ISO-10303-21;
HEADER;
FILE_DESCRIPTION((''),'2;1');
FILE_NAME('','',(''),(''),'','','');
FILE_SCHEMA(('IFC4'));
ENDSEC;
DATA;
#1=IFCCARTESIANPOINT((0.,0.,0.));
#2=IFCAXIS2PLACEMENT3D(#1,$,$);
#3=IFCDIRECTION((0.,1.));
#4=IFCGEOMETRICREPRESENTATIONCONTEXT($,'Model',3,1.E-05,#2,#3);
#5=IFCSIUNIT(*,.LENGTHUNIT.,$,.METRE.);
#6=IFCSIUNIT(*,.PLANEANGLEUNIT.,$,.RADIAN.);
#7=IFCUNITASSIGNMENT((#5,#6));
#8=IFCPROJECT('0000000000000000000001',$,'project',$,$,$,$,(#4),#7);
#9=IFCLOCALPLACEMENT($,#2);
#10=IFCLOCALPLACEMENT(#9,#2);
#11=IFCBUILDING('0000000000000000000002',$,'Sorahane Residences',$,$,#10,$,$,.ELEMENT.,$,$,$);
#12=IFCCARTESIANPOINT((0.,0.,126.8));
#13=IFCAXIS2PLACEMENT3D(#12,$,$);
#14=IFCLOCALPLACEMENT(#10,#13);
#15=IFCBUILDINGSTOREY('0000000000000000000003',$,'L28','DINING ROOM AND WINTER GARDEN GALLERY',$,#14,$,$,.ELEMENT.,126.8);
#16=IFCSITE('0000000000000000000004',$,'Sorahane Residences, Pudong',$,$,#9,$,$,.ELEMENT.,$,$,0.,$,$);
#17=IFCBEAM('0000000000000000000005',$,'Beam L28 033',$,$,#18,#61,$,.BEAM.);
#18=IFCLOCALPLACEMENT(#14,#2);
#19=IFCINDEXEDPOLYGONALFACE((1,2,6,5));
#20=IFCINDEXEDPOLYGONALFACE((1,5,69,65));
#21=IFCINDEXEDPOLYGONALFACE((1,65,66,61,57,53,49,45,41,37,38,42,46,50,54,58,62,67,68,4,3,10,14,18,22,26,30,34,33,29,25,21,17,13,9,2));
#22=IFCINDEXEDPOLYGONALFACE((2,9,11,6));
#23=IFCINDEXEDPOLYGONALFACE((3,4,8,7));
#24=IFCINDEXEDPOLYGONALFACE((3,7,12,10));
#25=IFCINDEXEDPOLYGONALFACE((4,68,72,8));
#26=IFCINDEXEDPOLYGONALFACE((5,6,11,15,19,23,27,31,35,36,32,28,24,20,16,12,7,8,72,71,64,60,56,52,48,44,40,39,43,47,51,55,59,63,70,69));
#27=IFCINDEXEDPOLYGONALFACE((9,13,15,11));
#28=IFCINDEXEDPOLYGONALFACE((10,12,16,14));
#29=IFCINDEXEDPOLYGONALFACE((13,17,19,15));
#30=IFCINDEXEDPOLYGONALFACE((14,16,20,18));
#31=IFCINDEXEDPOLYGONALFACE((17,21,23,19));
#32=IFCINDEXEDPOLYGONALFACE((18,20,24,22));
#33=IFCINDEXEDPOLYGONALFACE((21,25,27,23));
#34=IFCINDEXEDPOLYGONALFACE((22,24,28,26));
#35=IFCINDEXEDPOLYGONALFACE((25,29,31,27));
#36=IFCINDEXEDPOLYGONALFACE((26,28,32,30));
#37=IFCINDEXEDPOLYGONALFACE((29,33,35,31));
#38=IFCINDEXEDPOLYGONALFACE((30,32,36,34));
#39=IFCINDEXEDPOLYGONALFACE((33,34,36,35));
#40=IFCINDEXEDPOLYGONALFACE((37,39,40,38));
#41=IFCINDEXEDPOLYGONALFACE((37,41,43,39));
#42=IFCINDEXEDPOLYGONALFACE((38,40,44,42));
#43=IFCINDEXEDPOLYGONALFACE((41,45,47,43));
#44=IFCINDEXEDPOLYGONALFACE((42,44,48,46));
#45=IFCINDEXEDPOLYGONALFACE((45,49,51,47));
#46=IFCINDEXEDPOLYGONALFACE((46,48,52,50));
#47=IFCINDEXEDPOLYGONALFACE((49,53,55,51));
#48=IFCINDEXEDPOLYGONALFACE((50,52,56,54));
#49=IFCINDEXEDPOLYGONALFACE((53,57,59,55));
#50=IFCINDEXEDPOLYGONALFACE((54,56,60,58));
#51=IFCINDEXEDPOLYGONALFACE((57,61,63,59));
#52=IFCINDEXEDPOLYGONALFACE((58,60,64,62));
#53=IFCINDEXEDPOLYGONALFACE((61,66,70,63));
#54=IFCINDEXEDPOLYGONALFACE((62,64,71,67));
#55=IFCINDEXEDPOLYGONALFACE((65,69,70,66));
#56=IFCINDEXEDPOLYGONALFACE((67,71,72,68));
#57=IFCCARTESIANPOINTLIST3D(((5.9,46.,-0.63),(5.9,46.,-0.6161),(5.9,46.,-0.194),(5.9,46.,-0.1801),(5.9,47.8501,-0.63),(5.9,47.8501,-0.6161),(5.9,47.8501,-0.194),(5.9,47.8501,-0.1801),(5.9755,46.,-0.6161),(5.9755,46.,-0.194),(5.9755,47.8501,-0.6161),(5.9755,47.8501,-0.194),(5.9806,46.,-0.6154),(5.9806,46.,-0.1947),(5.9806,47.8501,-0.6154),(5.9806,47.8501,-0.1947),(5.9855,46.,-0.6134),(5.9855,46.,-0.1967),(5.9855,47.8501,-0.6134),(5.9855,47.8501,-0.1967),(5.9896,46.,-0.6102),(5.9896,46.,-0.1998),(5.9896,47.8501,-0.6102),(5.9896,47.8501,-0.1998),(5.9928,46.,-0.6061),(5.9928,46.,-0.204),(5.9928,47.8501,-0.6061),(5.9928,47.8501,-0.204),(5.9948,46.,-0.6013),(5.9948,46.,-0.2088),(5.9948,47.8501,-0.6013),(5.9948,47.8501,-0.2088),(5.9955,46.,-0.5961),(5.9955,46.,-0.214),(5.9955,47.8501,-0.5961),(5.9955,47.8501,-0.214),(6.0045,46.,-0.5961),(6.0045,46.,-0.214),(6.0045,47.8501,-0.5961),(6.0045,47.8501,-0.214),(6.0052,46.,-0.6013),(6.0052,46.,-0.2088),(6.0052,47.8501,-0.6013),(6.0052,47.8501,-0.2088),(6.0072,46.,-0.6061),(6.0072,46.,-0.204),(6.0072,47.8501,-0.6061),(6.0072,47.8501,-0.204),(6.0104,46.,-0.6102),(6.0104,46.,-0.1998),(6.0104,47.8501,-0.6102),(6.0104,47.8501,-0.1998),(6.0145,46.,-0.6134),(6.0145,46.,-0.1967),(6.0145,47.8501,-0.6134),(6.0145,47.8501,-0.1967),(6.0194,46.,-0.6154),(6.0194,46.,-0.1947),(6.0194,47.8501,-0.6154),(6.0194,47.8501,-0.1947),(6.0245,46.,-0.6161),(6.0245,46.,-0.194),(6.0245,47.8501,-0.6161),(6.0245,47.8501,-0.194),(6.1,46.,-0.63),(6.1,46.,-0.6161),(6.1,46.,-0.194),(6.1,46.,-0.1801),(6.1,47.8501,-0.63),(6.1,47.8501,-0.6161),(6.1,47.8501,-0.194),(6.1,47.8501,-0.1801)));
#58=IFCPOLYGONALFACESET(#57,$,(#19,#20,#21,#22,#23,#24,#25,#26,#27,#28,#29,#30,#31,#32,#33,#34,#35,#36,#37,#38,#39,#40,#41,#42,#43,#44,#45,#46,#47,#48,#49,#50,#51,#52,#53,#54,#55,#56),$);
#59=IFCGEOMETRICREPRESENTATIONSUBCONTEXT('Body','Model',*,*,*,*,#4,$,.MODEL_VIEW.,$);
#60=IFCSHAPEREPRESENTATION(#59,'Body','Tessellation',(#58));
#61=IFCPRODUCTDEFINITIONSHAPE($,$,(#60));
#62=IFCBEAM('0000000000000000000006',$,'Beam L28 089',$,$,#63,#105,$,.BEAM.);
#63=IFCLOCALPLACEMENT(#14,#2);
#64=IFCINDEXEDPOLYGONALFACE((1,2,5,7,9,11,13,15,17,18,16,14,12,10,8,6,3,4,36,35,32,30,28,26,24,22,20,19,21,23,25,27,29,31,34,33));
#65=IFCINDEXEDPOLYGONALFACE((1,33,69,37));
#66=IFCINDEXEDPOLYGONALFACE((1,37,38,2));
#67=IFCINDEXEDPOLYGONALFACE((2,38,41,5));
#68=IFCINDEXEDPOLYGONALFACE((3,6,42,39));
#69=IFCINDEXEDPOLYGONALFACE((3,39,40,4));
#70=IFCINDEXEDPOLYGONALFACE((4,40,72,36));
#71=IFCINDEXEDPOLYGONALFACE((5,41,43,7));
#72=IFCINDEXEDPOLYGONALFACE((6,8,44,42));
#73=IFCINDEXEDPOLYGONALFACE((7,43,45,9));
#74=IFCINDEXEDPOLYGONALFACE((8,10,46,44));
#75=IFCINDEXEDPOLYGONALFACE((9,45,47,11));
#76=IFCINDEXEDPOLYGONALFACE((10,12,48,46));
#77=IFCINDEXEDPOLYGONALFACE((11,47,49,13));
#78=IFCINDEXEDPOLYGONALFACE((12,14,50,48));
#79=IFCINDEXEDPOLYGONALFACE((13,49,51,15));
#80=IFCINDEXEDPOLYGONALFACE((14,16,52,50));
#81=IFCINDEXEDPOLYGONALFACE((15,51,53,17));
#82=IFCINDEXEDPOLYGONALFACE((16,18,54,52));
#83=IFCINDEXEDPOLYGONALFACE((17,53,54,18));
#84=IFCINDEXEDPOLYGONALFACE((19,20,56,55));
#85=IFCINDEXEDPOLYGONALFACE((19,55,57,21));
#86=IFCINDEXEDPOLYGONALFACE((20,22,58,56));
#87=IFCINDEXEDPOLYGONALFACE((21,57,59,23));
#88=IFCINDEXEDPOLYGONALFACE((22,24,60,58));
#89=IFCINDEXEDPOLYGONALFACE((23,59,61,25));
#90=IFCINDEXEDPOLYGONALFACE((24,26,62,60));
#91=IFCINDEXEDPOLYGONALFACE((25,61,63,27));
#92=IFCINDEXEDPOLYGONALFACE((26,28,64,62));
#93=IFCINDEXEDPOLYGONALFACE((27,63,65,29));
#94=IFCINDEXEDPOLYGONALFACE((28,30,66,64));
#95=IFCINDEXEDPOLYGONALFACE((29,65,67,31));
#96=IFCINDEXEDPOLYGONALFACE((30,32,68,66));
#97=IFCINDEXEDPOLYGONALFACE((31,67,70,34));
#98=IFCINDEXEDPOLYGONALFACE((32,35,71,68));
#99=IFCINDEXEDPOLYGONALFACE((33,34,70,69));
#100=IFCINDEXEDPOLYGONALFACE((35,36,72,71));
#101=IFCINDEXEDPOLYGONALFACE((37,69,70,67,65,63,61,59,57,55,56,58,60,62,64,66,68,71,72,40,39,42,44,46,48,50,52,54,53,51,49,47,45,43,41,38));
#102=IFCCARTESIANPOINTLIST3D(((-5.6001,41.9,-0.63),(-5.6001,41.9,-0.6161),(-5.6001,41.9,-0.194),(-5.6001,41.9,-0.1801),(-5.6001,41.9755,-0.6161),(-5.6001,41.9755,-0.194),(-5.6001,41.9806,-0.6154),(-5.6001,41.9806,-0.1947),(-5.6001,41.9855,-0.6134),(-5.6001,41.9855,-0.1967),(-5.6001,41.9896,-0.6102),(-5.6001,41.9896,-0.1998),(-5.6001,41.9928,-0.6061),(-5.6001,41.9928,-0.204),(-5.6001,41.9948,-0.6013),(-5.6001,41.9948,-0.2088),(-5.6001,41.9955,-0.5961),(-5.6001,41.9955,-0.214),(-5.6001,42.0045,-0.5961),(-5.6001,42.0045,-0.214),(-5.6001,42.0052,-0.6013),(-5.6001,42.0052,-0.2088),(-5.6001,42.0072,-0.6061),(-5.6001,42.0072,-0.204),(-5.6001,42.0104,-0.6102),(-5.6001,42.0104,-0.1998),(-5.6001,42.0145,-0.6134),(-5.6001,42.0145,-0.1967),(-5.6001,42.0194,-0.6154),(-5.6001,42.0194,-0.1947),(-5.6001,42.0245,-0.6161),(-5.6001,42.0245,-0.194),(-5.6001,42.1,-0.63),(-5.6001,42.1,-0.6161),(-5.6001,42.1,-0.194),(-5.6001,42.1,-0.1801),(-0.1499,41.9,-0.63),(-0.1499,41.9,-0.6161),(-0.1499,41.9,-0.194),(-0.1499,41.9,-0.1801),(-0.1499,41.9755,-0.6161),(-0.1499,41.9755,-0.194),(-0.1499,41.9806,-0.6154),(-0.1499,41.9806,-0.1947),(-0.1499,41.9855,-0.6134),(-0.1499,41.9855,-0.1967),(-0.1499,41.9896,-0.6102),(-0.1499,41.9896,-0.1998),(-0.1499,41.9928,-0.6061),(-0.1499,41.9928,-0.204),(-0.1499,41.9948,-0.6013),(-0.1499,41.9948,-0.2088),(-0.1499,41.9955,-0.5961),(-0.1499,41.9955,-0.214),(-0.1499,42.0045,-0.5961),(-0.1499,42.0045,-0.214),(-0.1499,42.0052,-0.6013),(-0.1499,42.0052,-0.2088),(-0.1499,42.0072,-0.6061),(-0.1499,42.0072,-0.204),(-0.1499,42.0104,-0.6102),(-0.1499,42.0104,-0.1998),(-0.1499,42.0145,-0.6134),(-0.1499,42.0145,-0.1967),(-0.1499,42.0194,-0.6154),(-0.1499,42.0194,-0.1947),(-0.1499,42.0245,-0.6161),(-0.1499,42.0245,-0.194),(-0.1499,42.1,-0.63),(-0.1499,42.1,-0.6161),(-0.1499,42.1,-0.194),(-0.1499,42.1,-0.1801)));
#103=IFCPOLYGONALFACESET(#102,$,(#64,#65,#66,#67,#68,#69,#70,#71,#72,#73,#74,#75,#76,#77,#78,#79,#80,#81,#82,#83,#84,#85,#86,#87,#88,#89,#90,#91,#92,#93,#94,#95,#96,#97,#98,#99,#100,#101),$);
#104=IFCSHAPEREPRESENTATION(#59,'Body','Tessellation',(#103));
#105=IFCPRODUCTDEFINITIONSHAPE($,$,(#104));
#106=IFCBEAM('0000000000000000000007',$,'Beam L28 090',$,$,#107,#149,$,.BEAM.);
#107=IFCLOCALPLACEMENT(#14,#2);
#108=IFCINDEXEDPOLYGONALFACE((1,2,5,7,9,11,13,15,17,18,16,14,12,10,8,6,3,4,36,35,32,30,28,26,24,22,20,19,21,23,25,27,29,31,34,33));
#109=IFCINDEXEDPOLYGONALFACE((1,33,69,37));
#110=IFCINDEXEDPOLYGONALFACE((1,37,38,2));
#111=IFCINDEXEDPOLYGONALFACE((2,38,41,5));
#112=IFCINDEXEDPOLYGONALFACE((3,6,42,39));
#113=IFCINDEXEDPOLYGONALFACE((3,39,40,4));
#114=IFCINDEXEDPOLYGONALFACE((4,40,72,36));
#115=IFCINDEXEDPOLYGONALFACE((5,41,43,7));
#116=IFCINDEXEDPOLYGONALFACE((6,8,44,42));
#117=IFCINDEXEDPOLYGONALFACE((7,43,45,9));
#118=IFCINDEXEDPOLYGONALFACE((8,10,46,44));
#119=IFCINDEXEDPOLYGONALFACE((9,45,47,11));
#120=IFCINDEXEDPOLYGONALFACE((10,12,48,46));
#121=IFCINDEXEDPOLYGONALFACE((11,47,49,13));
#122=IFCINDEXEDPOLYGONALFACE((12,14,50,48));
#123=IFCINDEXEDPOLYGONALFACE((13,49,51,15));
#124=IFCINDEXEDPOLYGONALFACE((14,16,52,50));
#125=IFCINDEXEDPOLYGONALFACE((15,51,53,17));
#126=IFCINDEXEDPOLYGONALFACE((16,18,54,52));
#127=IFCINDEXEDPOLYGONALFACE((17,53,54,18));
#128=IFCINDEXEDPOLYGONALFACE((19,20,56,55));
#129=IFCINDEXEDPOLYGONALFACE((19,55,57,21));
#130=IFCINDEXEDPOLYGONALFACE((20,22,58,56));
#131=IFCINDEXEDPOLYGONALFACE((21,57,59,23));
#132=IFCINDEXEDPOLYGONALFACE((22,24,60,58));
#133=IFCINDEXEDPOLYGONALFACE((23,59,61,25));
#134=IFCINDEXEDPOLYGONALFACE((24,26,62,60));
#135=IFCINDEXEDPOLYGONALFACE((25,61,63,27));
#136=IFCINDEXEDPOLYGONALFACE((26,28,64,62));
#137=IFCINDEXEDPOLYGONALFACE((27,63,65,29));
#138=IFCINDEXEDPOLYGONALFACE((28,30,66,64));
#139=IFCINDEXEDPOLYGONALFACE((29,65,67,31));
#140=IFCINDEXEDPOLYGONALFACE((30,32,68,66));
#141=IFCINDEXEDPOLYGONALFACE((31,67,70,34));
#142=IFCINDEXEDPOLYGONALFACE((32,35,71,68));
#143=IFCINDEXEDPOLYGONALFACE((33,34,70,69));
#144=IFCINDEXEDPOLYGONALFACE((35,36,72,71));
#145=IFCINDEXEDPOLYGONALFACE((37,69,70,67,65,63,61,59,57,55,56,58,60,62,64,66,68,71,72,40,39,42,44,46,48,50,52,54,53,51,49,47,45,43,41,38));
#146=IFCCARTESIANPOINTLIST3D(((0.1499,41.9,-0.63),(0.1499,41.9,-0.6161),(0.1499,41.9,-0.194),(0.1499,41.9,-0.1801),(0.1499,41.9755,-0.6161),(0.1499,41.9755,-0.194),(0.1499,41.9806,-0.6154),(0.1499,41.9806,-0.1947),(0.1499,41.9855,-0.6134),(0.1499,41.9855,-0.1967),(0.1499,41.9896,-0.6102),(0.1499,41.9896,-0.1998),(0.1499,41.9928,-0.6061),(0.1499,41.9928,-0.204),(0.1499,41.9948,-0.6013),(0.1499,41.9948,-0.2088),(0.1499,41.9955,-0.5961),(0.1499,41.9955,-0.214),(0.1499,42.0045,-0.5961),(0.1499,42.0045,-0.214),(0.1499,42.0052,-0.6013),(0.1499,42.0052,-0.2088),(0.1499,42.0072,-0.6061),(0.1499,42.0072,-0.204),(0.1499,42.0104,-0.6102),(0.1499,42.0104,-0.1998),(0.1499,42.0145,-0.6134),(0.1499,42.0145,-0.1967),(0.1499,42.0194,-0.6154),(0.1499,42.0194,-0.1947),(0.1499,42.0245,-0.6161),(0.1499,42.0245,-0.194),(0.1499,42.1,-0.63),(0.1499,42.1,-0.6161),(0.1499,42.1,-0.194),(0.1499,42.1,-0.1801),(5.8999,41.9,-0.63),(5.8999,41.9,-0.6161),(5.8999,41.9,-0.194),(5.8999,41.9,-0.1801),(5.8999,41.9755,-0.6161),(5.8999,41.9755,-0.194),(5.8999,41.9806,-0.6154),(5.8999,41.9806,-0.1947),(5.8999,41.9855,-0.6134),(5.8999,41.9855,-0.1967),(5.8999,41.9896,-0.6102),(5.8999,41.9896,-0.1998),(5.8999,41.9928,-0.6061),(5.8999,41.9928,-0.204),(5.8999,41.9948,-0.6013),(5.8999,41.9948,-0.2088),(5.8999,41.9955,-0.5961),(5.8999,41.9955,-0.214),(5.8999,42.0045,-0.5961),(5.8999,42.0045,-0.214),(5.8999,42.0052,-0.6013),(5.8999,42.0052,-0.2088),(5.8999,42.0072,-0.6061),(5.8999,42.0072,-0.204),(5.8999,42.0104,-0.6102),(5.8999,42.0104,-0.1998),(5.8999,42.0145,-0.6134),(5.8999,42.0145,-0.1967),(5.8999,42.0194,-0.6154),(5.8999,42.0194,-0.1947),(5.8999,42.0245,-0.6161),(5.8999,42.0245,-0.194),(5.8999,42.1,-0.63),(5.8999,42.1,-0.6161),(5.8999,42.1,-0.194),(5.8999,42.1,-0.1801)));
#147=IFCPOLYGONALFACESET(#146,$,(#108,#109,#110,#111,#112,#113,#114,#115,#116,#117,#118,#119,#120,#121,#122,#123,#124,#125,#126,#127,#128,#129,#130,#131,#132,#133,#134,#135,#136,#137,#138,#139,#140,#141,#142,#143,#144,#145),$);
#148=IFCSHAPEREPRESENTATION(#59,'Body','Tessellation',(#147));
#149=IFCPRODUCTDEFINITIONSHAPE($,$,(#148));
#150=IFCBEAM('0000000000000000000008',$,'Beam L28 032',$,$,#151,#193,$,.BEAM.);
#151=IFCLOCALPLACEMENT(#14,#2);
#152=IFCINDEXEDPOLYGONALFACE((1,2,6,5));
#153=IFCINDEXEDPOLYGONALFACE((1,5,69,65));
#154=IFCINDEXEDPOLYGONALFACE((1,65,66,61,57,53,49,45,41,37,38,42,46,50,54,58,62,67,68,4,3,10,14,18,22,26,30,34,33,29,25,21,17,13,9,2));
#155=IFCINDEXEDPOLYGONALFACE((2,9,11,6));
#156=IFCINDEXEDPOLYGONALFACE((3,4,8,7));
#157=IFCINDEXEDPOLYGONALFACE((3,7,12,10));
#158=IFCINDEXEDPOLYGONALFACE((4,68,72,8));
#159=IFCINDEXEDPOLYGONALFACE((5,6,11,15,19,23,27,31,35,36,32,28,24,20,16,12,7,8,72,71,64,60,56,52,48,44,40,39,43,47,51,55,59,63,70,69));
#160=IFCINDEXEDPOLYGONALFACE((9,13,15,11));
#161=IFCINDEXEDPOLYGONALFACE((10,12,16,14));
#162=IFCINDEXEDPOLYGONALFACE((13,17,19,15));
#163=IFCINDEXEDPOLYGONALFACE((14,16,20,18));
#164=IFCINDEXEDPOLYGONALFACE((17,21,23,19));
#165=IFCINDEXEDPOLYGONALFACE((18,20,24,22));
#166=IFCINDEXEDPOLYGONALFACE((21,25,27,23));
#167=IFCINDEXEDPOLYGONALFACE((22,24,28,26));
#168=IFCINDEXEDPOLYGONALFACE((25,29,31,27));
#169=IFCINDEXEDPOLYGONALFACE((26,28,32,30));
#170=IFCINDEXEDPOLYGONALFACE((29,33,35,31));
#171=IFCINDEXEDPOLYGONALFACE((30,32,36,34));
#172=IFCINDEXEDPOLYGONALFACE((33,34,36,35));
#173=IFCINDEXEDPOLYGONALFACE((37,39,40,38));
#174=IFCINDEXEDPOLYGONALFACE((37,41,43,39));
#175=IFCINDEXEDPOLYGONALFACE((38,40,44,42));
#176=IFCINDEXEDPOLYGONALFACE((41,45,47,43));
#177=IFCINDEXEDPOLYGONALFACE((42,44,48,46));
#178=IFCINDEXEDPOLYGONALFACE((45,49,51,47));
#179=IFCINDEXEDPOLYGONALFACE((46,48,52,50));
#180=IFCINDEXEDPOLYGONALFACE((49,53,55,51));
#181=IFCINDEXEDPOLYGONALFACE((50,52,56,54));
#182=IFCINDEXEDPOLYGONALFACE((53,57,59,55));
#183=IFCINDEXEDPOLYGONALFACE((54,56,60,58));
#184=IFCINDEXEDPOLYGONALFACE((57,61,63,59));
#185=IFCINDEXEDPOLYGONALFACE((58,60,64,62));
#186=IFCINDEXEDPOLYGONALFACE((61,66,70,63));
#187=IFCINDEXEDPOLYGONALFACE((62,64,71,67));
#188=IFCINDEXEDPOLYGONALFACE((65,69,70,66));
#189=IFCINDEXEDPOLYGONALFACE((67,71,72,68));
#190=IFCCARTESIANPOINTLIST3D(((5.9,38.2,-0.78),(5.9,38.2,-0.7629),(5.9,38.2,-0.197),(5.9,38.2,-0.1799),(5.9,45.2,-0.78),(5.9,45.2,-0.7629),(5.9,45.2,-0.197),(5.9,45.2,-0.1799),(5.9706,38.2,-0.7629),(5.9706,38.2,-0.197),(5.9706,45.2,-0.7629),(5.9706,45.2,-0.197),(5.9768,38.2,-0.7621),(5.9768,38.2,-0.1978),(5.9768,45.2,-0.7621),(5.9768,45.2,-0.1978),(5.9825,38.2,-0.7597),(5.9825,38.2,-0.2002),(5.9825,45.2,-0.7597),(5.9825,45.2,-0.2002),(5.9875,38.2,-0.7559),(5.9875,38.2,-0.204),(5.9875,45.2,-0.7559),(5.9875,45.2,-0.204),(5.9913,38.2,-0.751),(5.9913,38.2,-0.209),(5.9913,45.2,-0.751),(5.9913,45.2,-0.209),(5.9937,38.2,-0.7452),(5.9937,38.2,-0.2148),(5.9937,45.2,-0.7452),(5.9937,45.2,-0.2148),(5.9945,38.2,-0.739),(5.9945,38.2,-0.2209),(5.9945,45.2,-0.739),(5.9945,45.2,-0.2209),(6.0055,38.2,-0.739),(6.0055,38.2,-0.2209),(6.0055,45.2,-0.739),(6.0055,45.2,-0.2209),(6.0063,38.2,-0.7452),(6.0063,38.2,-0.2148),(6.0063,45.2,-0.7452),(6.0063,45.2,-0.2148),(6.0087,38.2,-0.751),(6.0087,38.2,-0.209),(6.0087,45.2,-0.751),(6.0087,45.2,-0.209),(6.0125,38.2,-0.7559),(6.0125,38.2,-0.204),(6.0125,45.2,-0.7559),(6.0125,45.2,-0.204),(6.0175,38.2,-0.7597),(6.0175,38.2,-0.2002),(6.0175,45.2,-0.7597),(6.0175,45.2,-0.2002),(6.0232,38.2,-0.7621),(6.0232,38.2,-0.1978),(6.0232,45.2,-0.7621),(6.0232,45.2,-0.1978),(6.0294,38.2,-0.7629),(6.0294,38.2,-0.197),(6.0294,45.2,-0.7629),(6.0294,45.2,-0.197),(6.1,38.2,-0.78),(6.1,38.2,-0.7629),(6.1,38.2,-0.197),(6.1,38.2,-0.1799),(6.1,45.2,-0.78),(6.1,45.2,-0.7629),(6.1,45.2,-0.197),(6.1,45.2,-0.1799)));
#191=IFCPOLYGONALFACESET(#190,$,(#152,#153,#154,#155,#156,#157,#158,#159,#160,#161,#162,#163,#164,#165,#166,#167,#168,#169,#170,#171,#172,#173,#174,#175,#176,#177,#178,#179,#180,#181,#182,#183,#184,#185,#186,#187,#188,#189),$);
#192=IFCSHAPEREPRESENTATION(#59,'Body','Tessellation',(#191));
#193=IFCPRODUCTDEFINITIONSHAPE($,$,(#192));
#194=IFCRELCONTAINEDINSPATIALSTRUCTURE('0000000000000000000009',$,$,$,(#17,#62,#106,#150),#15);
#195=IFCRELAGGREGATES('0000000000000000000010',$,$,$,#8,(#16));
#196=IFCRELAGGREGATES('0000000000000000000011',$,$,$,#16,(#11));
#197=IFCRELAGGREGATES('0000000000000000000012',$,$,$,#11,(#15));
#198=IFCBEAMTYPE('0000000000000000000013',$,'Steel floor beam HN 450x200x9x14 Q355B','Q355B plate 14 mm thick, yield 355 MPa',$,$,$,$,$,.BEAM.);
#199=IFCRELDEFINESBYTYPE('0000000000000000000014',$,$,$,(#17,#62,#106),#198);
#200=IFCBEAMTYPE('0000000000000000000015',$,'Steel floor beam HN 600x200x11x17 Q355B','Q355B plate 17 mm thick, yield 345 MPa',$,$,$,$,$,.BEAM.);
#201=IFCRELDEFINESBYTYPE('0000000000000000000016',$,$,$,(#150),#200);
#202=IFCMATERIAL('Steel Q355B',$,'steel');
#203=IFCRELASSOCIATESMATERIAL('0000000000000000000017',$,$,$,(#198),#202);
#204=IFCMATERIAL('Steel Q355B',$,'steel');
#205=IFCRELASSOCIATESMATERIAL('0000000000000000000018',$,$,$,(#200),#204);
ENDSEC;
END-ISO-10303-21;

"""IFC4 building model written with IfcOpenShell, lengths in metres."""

from ifc_helpers import new_model, si_unit, direction, frame, origin, origin_2d, place, context, subcontext, project, spatial, i_section, extrude, material, material_profile, profile_set, type_object, element, save


model = new_model("IFC4")

# Units and contexts
model_context = context("Model", 3, precision=1e-05, world=origin(), true_north=direction((0.0, 1.0)))
body_context = subcontext(model_context, "Body", "Model", "MODEL_VIEW")
ifc_project = project(units=[si_unit("LENGTHUNIT", "METRE"), si_unit("PLANEANGLEUNIT", "RADIAN")], contexts=[model_context])

# Site, building, storey
site_placement = place(None, origin())
site = spatial("IfcSite", under=ifc_project, at=site_placement, Name="Sorahane Residences, Pudong", CompositionType="ELEMENT", RefElevation=0.0)
building_placement = place(site_placement, origin())
building = spatial("IfcBuilding", under=site, at=building_placement, Name="Sorahane Residences", CompositionType="ELEMENT")
storey_placement = place(building_placement, frame((0.0, 0.0, 126.8)))
storey = spatial("IfcBuildingStorey", under=building, at=storey_placement, Name="L28", Description="DINING ROOM AND WINTER GARDEN GALLERY", CompositionType="ELEMENT", Elevation=126.8)

# Beams
ifc_material_1 = material(Name="Steel Q355B", Category="steel")
ifc_material_profile_1 = material_profile(ifc_material_1, i_section(OverallWidth=0.2, OverallDepth=0.45, WebThickness=0.009, FlangeThickness=0.0139, FilletRadius=0.02, at=origin_2d()), Name="HN 450x200x9x14")
ifc_profile_set_1 = profile_set([ifc_material_profile_1], Name="Steel Q355B")
beam_type_1 = type_object("IfcBeamType", Name="Steel floor beam HN 450x200x9x14 Q355B", Description="Q355B plate 14 mm thick, yield 355 MPa", PredefinedType="BEAM", material=ifc_profile_set_1)
beam_1_placement = place(storey_placement, frame((6.0, 46.0, -0.405), z_axis=(0.0, 1.0, 0.0), x_axis=(-1.0, 0.0, 0.0)))
element("IfcBeam", 1, at=beam_1_placement, inside=storey, type_object=beam_type_1, Name="Beam L28 033", PredefinedType="BEAM", context=body_context, shape_type="SweptSolid", body=[
    extrude(i_section(OverallWidth=0.2, OverallDepth=0.45, WebThickness=0.009, FlangeThickness=0.0139, FilletRadius=0.02, at=origin_2d()), origin(), (0.0, 0.0, 1.0), 1.8501),
])
beam_2_placement = place(storey_placement, frame((-5.6001, 42.0, -0.405), z_axis=(1.0, 0.0, 0.0), x_axis=(0.0, 1.0, 0.0)))
element("IfcBeam", 2, at=beam_2_placement, inside=storey, type_object=beam_type_1, Name="Beam L28 089", PredefinedType="BEAM", context=body_context, shape_type="SweptSolid", body=[
    extrude(i_section(OverallWidth=0.2, OverallDepth=0.45, WebThickness=0.009, FlangeThickness=0.0139, FilletRadius=0.02, at=origin_2d()), origin(), (0.0, 0.0, 1.0), 5.4502),
])
beam_3_placement = place(storey_placement, frame((0.1499, 42.0, -0.405), z_axis=(1.0, 0.0, 0.0), x_axis=(0.0, 1.0, 0.0)))
element("IfcBeam", 3, at=beam_3_placement, inside=storey, type_object=beam_type_1, Name="Beam L28 090", PredefinedType="BEAM", context=body_context, shape_type="SweptSolid", body=[
    extrude(i_section(OverallWidth=0.2, OverallDepth=0.45, WebThickness=0.009, FlangeThickness=0.0139, FilletRadius=0.02, at=origin_2d()), origin(), (0.0, 0.0, 1.0), 5.75),
])
ifc_material_2 = material(Name="Steel Q355B", Category="steel")
ifc_material_profile_2 = material_profile(ifc_material_2, i_section(OverallWidth=0.2, OverallDepth=0.6001, WebThickness=0.011, FlangeThickness=0.0171, FilletRadius=0.0239, at=origin_2d()), Name="HN 600x200x11x17")
ifc_profile_set_2 = profile_set([ifc_material_profile_2], Name="Steel Q355B")
beam_type_2 = type_object("IfcBeamType", Name="Steel floor beam HN 600x200x11x17 Q355B", Description="Q355B plate 17 mm thick, yield 345 MPa", PredefinedType="BEAM", material=ifc_profile_set_2)
beam_4_placement = place(storey_placement, frame((6.0, 38.2, -0.48), z_axis=(0.0, 1.0, 0.0), x_axis=(-1.0, 0.0, 0.0)))
element("IfcBeam", 4, at=beam_4_placement, inside=storey, type_object=beam_type_2, Name="Beam L28 032", PredefinedType="BEAM", context=body_context, shape_type="SweptSolid", body=[
    extrude(i_section(OverallWidth=0.2, OverallDepth=0.6001, WebThickness=0.011, FlangeThickness=0.0171, FilletRadius=0.0239, at=origin_2d()), origin(), (0.0, 0.0, 1.0), 7.0),
])

save(model, "model.ifc")
